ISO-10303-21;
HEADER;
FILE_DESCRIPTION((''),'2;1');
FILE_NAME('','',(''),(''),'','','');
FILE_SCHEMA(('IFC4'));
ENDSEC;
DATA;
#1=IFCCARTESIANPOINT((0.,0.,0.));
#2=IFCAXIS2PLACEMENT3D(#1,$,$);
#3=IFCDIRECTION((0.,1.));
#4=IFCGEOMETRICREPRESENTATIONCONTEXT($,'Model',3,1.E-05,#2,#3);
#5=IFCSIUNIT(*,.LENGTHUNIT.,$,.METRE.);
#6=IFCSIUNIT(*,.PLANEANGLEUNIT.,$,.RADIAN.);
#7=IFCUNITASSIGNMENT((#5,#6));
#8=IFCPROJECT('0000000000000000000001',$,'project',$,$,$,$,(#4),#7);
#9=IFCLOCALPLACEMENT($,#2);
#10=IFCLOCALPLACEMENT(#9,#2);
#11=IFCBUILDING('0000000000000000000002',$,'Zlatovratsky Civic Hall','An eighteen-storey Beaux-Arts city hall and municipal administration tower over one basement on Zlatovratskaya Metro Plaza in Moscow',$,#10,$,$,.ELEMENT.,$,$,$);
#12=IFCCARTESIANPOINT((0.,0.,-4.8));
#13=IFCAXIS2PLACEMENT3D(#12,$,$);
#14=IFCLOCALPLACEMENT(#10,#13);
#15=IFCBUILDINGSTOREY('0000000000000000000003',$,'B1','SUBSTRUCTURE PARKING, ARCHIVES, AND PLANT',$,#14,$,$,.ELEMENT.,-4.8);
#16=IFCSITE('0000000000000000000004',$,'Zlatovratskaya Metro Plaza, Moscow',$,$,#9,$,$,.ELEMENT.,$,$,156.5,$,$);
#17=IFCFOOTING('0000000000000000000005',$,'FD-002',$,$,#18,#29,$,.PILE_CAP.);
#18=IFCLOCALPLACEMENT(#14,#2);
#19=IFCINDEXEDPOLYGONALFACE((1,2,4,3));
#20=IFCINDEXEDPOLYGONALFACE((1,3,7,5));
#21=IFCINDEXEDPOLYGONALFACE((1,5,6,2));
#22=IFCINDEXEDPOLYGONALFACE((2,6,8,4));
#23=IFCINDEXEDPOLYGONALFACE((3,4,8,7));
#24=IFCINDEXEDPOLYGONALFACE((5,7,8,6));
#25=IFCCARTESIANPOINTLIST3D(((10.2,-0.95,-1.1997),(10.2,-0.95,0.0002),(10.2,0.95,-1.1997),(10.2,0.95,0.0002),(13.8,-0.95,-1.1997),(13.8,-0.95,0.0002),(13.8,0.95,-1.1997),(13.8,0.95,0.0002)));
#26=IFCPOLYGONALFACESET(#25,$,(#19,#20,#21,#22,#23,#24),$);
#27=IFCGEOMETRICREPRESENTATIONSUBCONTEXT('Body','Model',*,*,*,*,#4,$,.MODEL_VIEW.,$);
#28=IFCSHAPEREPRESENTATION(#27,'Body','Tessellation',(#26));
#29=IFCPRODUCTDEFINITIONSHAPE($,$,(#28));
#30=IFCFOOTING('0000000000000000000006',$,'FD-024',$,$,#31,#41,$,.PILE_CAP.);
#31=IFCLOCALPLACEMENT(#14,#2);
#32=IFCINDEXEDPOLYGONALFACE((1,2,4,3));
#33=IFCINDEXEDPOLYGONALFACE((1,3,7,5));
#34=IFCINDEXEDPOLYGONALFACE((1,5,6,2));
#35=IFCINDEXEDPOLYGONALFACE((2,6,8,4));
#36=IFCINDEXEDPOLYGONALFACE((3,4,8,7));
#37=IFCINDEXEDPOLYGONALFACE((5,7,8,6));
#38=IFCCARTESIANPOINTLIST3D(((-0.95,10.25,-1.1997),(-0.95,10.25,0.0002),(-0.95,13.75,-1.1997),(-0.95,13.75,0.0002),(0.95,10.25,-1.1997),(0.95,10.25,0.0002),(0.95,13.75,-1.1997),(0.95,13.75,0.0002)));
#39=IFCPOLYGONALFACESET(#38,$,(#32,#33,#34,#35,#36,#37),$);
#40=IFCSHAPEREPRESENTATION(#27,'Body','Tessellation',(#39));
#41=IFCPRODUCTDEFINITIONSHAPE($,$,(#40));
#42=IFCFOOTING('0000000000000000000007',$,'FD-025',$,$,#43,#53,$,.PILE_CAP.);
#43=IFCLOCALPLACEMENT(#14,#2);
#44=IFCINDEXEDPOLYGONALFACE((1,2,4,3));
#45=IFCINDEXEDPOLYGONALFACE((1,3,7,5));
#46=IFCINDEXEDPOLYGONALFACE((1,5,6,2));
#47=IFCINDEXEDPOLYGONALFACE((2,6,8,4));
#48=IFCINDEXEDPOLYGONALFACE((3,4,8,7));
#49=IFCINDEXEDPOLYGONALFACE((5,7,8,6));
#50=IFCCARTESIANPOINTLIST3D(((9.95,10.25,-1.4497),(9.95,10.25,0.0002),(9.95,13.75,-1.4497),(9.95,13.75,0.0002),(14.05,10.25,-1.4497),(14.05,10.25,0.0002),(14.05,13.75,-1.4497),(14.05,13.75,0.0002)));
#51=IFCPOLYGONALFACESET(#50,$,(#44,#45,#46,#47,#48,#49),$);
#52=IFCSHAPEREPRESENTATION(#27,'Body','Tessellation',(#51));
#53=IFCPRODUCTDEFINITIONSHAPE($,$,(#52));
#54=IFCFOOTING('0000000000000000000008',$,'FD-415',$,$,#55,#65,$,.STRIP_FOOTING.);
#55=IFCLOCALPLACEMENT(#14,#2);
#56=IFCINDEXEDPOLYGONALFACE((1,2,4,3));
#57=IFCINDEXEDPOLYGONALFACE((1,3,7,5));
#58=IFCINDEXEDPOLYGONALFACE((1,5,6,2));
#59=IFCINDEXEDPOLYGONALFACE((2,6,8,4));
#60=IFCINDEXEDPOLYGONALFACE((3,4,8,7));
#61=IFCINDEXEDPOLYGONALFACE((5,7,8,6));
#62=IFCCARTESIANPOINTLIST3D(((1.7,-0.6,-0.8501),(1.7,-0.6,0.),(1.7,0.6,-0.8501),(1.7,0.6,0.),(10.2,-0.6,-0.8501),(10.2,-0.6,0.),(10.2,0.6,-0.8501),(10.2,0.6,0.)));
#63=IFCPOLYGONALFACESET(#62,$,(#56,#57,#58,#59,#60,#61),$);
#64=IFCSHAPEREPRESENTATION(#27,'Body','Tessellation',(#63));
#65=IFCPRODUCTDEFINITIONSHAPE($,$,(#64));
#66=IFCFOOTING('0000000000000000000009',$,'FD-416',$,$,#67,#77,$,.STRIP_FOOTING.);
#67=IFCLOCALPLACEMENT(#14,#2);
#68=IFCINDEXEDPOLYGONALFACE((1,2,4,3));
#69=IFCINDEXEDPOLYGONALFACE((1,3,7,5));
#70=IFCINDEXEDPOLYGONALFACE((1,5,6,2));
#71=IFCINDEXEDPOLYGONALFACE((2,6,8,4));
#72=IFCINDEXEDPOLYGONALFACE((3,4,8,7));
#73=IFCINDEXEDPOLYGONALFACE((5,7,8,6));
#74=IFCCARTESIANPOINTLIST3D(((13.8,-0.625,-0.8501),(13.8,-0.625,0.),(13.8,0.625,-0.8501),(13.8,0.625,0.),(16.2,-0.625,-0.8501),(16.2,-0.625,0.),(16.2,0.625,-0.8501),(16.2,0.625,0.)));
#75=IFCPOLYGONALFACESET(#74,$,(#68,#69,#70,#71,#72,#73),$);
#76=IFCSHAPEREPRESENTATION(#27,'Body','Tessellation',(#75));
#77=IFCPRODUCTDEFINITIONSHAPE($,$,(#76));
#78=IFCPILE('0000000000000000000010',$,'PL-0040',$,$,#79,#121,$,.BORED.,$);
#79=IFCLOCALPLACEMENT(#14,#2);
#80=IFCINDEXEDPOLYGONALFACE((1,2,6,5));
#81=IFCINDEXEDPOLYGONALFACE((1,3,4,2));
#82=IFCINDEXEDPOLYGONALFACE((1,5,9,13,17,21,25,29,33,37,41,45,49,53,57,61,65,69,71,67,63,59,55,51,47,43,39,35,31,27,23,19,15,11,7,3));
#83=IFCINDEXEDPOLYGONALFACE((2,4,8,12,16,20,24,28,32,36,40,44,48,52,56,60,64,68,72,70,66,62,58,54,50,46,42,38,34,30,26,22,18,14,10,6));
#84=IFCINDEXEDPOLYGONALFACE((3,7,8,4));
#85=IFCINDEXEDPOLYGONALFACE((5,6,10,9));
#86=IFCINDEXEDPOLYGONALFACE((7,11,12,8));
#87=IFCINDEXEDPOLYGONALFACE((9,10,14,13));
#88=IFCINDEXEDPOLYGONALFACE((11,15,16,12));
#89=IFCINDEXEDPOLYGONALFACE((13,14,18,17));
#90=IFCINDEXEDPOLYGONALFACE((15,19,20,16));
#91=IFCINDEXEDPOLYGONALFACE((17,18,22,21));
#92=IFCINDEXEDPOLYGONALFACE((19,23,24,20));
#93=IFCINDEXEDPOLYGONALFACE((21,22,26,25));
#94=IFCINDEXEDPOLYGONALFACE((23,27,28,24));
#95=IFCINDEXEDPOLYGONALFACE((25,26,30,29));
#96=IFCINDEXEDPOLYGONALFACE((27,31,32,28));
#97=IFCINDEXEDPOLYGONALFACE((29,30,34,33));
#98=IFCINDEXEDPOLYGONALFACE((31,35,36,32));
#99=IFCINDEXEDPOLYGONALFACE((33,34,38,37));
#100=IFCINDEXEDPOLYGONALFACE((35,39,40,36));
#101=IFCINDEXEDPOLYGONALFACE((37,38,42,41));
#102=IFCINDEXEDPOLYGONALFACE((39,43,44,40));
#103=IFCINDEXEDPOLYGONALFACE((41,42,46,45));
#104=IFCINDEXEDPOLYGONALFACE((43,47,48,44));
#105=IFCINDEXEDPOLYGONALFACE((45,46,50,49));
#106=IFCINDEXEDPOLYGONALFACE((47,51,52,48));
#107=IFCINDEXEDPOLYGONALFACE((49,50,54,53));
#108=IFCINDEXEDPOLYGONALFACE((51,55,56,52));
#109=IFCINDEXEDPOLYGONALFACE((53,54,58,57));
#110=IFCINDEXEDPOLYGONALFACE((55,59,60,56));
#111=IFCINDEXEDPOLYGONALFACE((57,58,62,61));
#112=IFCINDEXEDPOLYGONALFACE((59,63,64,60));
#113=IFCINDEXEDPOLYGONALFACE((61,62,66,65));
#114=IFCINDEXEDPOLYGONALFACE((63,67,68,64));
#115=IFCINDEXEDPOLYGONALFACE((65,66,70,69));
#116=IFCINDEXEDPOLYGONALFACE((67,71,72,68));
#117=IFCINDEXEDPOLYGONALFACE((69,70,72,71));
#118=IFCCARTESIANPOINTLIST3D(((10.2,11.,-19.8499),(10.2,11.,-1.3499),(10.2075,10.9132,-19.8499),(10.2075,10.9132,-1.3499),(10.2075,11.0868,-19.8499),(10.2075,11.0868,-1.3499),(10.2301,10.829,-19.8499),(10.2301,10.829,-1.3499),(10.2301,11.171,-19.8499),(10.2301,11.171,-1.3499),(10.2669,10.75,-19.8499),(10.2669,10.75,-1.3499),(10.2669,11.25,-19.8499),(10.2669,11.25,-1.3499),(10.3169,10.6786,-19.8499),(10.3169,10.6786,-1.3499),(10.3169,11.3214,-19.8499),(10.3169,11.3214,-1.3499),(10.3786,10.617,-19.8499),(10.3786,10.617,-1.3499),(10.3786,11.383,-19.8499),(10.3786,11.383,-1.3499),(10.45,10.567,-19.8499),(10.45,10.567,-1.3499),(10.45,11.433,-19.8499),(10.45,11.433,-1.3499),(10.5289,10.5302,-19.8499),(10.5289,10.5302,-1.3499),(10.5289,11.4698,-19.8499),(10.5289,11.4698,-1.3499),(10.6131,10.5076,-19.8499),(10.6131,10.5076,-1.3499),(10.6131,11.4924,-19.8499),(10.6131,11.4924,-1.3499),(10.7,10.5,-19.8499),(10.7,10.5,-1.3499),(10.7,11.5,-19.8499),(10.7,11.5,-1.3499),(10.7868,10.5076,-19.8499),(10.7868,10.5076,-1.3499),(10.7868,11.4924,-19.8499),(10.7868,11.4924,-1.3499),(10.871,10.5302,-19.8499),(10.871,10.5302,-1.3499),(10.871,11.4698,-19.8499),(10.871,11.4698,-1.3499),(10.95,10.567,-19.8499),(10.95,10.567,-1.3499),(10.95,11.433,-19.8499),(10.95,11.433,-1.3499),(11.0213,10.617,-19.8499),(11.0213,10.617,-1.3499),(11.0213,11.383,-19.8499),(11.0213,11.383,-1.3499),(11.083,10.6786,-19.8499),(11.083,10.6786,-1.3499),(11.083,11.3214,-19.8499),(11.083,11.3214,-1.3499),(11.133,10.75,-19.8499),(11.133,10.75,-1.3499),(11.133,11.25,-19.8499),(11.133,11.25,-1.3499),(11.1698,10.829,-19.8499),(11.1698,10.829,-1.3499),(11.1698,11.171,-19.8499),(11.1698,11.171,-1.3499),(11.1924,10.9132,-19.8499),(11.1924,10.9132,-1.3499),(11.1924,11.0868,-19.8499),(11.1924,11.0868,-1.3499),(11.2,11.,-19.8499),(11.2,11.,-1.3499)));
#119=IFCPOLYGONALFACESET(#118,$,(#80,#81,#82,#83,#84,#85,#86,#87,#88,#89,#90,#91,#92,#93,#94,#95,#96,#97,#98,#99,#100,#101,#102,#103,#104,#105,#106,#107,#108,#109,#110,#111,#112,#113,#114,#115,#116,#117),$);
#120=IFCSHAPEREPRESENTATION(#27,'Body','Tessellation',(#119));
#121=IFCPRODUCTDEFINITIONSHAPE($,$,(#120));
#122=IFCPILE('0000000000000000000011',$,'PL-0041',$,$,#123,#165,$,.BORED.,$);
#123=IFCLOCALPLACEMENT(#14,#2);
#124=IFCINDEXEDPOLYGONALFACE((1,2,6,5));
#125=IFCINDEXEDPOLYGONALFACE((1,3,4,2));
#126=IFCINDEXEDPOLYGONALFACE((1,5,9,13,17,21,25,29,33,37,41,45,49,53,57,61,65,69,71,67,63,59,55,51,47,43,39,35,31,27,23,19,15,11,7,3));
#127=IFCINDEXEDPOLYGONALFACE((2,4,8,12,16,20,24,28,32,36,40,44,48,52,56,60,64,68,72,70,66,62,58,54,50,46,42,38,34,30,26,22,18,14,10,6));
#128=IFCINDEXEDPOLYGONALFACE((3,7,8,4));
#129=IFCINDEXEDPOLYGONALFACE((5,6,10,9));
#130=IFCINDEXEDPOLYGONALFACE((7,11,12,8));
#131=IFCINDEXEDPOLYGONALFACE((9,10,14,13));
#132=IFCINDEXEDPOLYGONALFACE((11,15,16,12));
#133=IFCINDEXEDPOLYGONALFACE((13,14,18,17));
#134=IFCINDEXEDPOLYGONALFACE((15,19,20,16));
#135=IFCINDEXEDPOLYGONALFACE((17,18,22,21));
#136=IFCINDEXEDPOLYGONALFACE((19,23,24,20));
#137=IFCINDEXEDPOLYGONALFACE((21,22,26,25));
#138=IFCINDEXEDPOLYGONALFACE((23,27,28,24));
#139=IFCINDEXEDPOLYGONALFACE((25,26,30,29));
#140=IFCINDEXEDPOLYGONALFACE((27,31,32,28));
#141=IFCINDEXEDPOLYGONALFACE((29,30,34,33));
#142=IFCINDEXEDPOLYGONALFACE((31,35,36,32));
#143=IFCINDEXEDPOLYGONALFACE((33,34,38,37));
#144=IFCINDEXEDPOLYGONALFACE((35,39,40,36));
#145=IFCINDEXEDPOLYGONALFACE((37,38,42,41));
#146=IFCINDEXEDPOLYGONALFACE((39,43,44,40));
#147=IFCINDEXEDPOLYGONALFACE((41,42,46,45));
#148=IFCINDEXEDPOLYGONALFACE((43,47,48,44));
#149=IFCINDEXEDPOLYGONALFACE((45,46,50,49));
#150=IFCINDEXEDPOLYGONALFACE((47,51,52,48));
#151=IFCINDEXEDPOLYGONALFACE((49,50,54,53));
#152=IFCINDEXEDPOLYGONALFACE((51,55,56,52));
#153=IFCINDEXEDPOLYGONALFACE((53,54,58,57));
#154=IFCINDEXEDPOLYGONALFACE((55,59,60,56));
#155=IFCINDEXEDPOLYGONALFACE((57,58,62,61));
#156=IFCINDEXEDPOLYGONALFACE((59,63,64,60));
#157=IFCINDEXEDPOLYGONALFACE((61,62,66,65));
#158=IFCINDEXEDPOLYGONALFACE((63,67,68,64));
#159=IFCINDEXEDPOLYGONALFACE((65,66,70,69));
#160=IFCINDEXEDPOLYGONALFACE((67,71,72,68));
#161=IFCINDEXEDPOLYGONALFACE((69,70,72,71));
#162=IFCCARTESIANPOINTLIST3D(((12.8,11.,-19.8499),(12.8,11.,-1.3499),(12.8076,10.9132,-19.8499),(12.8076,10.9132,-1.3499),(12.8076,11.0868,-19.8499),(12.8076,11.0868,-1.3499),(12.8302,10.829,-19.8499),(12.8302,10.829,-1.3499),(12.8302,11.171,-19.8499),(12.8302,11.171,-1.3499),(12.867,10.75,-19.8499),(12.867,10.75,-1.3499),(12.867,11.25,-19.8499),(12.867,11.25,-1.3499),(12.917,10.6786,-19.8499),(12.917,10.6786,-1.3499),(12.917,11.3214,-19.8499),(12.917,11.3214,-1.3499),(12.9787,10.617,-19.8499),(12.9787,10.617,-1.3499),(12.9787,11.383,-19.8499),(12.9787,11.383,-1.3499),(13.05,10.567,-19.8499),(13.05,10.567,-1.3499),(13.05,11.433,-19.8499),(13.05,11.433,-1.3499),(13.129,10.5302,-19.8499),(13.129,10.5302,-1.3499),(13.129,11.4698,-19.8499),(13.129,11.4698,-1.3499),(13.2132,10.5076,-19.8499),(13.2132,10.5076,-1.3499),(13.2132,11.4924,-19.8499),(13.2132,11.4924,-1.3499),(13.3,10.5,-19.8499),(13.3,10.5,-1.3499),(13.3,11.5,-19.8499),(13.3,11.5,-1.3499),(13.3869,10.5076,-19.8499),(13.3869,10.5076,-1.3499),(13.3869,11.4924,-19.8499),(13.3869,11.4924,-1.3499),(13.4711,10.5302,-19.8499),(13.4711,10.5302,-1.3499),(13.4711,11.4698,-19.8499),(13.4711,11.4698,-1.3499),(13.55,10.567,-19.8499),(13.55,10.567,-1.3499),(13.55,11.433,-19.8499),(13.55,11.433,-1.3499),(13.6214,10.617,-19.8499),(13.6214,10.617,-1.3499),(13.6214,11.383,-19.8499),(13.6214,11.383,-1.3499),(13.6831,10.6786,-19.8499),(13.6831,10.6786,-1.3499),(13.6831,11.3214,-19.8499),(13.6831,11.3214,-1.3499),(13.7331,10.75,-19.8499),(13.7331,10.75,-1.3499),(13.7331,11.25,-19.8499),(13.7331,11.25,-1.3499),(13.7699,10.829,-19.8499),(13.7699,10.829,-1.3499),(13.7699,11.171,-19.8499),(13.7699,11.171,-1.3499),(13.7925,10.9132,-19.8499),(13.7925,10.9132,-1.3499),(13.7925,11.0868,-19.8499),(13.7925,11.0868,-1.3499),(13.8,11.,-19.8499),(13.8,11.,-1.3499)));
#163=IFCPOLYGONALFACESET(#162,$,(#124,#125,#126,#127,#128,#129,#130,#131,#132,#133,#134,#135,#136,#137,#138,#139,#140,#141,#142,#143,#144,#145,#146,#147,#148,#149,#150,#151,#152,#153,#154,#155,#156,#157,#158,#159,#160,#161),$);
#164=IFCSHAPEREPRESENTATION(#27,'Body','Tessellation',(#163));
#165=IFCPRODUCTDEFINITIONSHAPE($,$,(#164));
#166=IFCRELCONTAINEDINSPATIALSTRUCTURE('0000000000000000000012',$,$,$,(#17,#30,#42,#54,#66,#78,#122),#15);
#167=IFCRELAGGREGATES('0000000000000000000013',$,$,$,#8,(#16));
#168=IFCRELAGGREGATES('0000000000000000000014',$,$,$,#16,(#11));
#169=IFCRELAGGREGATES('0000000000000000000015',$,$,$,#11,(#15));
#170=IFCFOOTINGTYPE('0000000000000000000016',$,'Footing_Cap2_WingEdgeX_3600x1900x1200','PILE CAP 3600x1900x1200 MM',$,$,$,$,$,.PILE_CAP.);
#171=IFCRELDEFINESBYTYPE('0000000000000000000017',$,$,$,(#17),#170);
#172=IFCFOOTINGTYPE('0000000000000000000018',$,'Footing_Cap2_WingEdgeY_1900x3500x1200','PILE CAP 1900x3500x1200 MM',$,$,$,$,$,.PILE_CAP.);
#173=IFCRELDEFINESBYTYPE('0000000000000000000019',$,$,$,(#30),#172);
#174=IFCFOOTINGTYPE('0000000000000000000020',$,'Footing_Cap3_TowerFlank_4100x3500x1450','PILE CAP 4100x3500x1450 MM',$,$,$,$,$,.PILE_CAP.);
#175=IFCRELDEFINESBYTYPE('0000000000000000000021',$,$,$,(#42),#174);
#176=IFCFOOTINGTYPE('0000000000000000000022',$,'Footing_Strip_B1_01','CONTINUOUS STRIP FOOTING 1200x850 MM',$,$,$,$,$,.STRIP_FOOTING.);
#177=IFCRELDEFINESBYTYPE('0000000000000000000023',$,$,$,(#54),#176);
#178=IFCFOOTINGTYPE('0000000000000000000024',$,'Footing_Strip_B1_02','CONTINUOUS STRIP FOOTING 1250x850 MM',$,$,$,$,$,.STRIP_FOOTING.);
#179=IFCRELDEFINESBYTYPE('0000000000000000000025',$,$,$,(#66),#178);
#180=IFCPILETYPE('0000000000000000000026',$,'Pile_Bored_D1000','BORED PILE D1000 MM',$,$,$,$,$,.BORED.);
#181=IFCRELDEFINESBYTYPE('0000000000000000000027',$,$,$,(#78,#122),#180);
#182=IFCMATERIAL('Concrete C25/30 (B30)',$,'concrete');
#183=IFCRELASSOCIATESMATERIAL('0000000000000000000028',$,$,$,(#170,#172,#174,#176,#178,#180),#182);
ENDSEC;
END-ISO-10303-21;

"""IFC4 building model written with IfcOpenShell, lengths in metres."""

from ifc_helpers import new_model, si_unit, direction, frame, origin, origin_2d, place, context, subcontext, project, spatial, rectangle, circle, extrude, material, material_profile, profile_set, type_object, element, save


model = new_model("IFC4")

# Units and contexts
model_context = context("Model", 3, precision=1e-05, world=origin(), true_north=direction((0.0, 1.0)))
body_context = subcontext(model_context, "Body", "Model", "MODEL_VIEW")
ifc_project = project(units=[si_unit("LENGTHUNIT", "METRE"), si_unit("PLANEANGLEUNIT", "RADIAN")], contexts=[model_context])

# Site, building, storey
site_placement = place(None, origin())
site = spatial("IfcSite", under=ifc_project, at=site_placement, Name="Zlatovratskaya Metro Plaza, Moscow", CompositionType="ELEMENT", RefElevation=156.5)
building_placement = place(site_placement, origin())
building = spatial("IfcBuilding", under=site, at=building_placement, Name="Zlatovratsky Civic Hall", Description="An eighteen-storey Beaux-Arts city hall and municipal administration tower over one basement on Zlatovratskaya Metro Plaza in Moscow", CompositionType="ELEMENT")
storey_placement = place(building_placement, frame((0.0, 0.0, -4.8)))
storey = spatial("IfcBuildingStorey", under=building, at=storey_placement, Name="B1", Description="SUBSTRUCTURE PARKING, ARCHIVES, AND PLANT", CompositionType="ELEMENT", Elevation=-4.8)

# Footings
ifc_material_1 = material(Name="Concrete C25/30 (B30)", Category="concrete")
footing_type_1 = type_object("IfcFootingType", Name="Footing_Cap2_WingEdgeX_3600x1900x1200", Description="PILE CAP 3600x1900x1200 MM", PredefinedType="PILE_CAP", material=ifc_material_1)
footing_1_placement = place(storey_placement, frame((12.0, 0.0, -1.1997), z_axis=(0.0, 0.0, 1.0), x_axis=(1.0, 0.0, 0.0)))
element("IfcFooting", 1, at=footing_1_placement, inside=storey, type_object=footing_type_1, Name="FD-002", PredefinedType="PILE_CAP", context=body_context, shape_type="SweptSolid", body=[
    extrude(rectangle(XDim=3.6001, YDim=1.8999, at=origin_2d()), origin(), (0.0, 0.0, 1.0), 1.2),
])
footing_type_2 = type_object("IfcFootingType", Name="Footing_Cap2_WingEdgeY_1900x3500x1200", Description="PILE CAP 1900x3500x1200 MM", PredefinedType="PILE_CAP", material=ifc_material_1)
footing_2_placement = place(storey_placement, frame((0.0, 12.0, -1.1997), z_axis=(0.0, 0.0, 1.0), x_axis=(1.0, 0.0, 0.0)))
element("IfcFooting", 2, at=footing_2_placement, inside=storey, type_object=footing_type_2, Name="FD-024", PredefinedType="PILE_CAP", context=body_context, shape_type="SweptSolid", body=[
    extrude(rectangle(XDim=1.8999, YDim=3.5, at=origin_2d()), origin(), (0.0, 0.0, 1.0), 1.2),
])
footing_type_3 = type_object("IfcFootingType", Name="Footing_Cap3_TowerFlank_4100x3500x1450", Description="PILE CAP 4100x3500x1450 MM", PredefinedType="PILE_CAP", material=ifc_material_1)
footing_3_placement = place(storey_placement, frame((12.0, 12.0, -1.4497), z_axis=(0.0, 0.0, 1.0), x_axis=(1.0, 0.0, 0.0)))
element("IfcFooting", 3, at=footing_3_placement, inside=storey, type_object=footing_type_3, Name="FD-025", PredefinedType="PILE_CAP", context=body_context, shape_type="SweptSolid", body=[
    extrude(rectangle(XDim=4.1001, YDim=3.5, at=origin_2d()), origin(), (0.0, 0.0, 1.0), 1.45),
])
footing_type_4 = type_object("IfcFootingType", Name="Footing_Strip_B1_01", Description="CONTINUOUS STRIP FOOTING 1200x850 MM", PredefinedType="STRIP_FOOTING", material=ifc_material_1)
footing_4_placement = place(storey_placement, frame((5.95, 0.0, -0.8501), z_axis=(0.0, 0.0, 1.0), x_axis=(1.0, 0.0, 0.0)))
element("IfcFooting", 4, at=footing_4_placement, inside=storey, type_object=footing_type_4, Name="FD-415", PredefinedType="STRIP_FOOTING", context=body_context, shape_type="SweptSolid", body=[
    extrude(rectangle(XDim=8.5, YDim=1.2, at=origin_2d()), origin(), (0.0, 0.0, 1.0), 0.8501),
])
footing_type_5 = type_object("IfcFootingType", Name="Footing_Strip_B1_02", Description="CONTINUOUS STRIP FOOTING 1250x850 MM", PredefinedType="STRIP_FOOTING", material=ifc_material_1)
footing_5_placement = place(storey_placement, frame((15.0, 0.0, -0.8501), z_axis=(0.0, 0.0, 1.0), x_axis=(1.0, 0.0, 0.0)))
element("IfcFooting", 5, at=footing_5_placement, inside=storey, type_object=footing_type_5, Name="FD-416", PredefinedType="STRIP_FOOTING", context=body_context, shape_type="SweptSolid", body=[
    extrude(rectangle(XDim=2.3999, YDim=1.25, at=origin_2d()), origin(), (0.0, 0.0, 1.0), 0.8501),
])

# Piles
ifc_material_profile_1 = material_profile(ifc_material_1, circle(Radius=0.5, at=origin_2d()), Name="PILE D1000")
ifc_profile_set_1 = profile_set([ifc_material_profile_1], Name="Concrete C25/30 (B30)")
pile_type_1 = type_object("IfcPileType", Name="Pile_Bored_D1000", Description="BORED PILE D1000 MM", PredefinedType="BORED", material=ifc_profile_set_1)
for number, where, z_axis, x_axis, name in (
    (6, (10.7, 11.0, -1.3499), (0.0, 0.0, -1.0), (1.0, 0.0, 0.0), "PL-0040"),
    (7, (13.3, 11.0, -1.3499), (0.0, 0.0, -1.0), (1.0, 0.0, 0.0), "PL-0041"),
):
    element("IfcPile", number, at=place(storey_placement, frame(where, z_axis=z_axis, x_axis=x_axis)), inside=storey, type_object=pile_type_1, Name=name, PredefinedType="BORED", context=body_context, shape_type="SweptSolid", body=[
        extrude(circle(Radius=0.5, at=origin_2d()), origin(), (0.0, 0.0, 1.0), 18.5),
    ])

save(model, "model.ifc")
